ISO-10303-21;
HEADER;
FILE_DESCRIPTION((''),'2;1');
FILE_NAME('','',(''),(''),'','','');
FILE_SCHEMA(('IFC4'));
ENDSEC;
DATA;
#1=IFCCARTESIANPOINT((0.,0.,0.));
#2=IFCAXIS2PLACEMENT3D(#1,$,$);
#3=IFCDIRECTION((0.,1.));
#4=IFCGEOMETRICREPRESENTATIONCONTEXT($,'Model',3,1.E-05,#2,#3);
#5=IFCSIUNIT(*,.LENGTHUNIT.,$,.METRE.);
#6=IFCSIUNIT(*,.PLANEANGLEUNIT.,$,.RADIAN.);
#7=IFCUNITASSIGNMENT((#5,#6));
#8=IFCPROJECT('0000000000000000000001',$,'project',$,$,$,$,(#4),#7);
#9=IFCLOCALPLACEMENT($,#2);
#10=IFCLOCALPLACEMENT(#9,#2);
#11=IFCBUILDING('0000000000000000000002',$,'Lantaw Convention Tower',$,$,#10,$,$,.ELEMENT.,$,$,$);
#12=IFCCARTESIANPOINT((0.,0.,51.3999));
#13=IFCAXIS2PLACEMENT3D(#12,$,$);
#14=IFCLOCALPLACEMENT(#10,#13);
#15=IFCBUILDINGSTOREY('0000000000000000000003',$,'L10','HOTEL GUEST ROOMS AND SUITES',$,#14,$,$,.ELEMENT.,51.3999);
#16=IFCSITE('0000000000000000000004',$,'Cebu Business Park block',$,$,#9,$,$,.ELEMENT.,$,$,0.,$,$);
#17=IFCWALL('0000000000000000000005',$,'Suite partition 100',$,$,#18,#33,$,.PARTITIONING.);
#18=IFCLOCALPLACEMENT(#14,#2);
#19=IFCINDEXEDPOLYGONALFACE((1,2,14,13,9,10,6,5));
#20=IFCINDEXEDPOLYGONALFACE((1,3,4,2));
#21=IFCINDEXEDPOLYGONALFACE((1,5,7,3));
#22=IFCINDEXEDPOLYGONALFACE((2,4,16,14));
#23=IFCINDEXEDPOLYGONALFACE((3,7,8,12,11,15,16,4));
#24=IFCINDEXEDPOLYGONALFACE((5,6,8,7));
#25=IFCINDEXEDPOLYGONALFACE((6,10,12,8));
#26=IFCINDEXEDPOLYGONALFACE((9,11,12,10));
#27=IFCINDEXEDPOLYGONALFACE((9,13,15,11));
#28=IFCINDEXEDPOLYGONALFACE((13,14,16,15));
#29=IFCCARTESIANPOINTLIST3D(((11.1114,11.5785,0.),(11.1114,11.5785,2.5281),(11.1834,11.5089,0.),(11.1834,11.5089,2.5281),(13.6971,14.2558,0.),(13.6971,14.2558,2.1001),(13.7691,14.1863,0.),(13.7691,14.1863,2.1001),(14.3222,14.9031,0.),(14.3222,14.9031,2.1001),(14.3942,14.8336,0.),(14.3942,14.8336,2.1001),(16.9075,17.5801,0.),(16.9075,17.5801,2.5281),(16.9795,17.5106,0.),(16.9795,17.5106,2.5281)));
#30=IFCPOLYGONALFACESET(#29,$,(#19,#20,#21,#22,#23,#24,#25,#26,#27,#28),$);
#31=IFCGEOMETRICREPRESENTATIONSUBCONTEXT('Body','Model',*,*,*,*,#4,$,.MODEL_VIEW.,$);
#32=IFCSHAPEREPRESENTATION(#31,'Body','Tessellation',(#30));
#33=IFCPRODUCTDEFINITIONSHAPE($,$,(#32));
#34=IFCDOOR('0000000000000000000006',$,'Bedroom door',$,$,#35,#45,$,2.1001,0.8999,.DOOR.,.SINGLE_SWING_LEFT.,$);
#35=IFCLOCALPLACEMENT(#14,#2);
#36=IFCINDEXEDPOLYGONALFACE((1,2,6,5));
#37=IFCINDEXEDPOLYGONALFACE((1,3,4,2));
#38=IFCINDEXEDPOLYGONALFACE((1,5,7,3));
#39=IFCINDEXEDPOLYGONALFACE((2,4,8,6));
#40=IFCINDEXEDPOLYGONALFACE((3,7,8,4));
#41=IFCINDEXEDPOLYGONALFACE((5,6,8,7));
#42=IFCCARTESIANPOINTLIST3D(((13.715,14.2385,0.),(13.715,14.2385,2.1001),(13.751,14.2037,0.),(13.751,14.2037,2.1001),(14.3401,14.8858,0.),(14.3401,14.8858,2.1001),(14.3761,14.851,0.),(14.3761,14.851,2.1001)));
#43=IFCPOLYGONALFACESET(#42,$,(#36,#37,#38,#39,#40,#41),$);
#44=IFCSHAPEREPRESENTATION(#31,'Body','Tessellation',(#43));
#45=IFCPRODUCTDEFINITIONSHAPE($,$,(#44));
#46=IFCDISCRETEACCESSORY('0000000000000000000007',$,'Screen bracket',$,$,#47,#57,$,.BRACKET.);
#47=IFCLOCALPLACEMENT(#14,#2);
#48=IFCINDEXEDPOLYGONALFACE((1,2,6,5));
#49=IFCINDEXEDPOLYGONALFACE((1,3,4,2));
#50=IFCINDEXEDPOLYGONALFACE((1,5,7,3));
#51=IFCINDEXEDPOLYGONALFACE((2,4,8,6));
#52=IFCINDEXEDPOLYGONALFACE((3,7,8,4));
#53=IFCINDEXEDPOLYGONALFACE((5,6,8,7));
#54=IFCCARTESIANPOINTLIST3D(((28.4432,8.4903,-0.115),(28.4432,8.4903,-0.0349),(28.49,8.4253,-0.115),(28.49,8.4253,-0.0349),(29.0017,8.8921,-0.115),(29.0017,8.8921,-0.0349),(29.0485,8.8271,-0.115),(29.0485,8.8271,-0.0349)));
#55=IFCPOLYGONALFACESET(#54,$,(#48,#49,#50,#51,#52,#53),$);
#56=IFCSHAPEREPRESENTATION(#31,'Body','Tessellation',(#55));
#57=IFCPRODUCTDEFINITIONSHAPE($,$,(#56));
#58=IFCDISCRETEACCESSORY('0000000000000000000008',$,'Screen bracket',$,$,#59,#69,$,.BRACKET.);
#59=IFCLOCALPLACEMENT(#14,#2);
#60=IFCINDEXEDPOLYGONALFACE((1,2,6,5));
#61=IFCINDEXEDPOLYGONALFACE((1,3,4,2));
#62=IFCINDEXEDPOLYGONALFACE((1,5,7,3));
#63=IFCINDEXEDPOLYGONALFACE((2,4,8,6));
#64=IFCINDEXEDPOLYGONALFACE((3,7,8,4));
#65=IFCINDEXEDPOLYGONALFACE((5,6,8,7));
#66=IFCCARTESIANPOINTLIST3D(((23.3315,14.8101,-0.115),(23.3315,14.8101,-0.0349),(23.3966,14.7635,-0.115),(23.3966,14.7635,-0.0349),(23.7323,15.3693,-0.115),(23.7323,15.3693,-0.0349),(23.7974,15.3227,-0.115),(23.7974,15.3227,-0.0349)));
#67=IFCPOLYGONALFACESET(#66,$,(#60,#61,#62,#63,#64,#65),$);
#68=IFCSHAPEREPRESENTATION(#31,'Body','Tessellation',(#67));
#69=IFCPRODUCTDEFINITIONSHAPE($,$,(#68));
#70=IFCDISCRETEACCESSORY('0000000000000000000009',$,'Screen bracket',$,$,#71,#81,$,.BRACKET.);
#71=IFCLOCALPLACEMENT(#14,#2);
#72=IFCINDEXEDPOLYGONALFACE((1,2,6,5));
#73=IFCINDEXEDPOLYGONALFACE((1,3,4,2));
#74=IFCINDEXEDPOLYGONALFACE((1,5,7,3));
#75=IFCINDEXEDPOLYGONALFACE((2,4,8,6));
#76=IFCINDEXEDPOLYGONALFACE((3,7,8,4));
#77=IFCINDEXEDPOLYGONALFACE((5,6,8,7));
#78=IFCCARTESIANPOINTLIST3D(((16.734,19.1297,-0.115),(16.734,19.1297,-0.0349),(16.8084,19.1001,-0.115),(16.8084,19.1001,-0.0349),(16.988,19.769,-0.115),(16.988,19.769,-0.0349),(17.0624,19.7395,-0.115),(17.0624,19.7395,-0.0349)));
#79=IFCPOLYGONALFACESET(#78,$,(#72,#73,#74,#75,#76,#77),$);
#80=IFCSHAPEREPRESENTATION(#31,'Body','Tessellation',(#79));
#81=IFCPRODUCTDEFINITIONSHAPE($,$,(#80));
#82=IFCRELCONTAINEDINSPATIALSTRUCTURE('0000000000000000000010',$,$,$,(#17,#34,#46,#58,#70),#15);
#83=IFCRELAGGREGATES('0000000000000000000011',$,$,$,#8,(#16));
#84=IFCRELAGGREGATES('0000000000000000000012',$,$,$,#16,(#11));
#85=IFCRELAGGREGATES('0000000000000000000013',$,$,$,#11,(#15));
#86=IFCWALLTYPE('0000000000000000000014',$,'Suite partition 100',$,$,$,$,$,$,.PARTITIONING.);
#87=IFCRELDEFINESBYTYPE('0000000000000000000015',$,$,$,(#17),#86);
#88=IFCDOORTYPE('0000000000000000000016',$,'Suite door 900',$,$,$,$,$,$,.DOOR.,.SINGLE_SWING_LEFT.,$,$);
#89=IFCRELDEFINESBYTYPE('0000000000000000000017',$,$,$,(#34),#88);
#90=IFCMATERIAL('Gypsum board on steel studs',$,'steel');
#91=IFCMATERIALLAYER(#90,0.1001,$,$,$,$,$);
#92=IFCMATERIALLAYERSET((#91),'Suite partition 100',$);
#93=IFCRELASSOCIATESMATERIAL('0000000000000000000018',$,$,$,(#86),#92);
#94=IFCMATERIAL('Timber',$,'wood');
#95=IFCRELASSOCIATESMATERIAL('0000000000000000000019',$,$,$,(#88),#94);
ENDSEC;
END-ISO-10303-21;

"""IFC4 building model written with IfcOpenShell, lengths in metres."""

from ifc_helpers import new_model, si_unit, direction, frame, frame_2d, origin, origin_2d, place, context, subcontext, project, spatial, rectangle, extrude, material, layer, layer_set, type_object, element, fill, save


model = new_model("IFC4")

# Units and contexts
model_context = context("Model", 3, precision=1e-05, world=origin(), true_north=direction((0.0, 1.0)))
body_context = subcontext(model_context, "Body", "Model", "MODEL_VIEW")
ifc_project = project(units=[si_unit("LENGTHUNIT", "METRE"), si_unit("PLANEANGLEUNIT", "RADIAN")], contexts=[model_context])

# Site, building, storey
site_placement = place(None, origin())
site = spatial("IfcSite", under=ifc_project, at=site_placement, Name="Cebu Business Park block", CompositionType="ELEMENT", RefElevation=0.0)
building_placement = place(site_placement, origin())
building = spatial("IfcBuilding", under=site, at=building_placement, Name="Lantaw Convention Tower", CompositionType="ELEMENT")
storey_placement = place(building_placement, frame((0.0, 0.0, 51.3999)))
storey = spatial("IfcBuildingStorey", under=building, at=storey_placement, Name="L10", Description="HOTEL GUEST ROOMS AND SUITES", CompositionType="ELEMENT", Elevation=51.3999)

# Shared definitions
ifc_material_1 = material(Name="Timber", Category="wood")

# Wall, opening, door
ifc_material_2 = material(Name="Gypsum board on steel studs", Category="steel")
ifc_layer_1 = layer(ifc_material_2, 0.1001)
ifc_layer_set_1 = layer_set([ifc_layer_1], Name="Suite partition 100")
wall_type_1 = type_object("IfcWallType", Name="Suite partition 100", PredefinedType="PARTITIONING", material=ifc_layer_set_1)
wall_1_placement = place(storey_placement, frame((16.9436, 17.5454, 0.0), z_axis=(0.0, 0.0, 1.0), x_axis=(-0.694681, -0.719318, 0.0)))
wall_1 = element("IfcWall", 1, at=wall_1_placement, inside=storey, type_object=wall_type_1, Name="Suite partition 100", PredefinedType="PARTITIONING", context=body_context, shape_type="SweptSolid", body=[
    extrude(rectangle(XDim=8.3435, YDim=0.1001, at=frame_2d((4.1719, 0.0))), origin(), (0.0, 0.0, 1.0), 2.5281),
])
opening_1_placement = place(wall_1_placement, frame((3.7217, 0.0, 0.0)))
opening_1 = element("IfcOpeningElement", 2, at=opening_1_placement, cuts=wall_1, PredefinedType="OPENING", context=body_context, shape_type="SweptSolid", body=[
    extrude(rectangle(XDim=0.8999, YDim=2.1001, at=frame_2d((0.45, 1.05))), frame((0.0, 0.0601, 0.0), z_axis=(0.0, -1.0, 0.0), x_axis=(1.0, 0.0, 0.0)), (0.0, 0.0, 1.0), 0.1201),
])
door_type_1 = type_object("IfcDoorType", Name="Suite door 900", OperationType="SINGLE_SWING_LEFT", PredefinedType="DOOR", material=ifc_material_1)
door_1_placement = place(opening_1_placement, origin())
door_1 = element("IfcDoor", 3, at=door_1_placement, inside=storey, type_object=door_type_1, Name="Bedroom door", OperationType="SINGLE_SWING_LEFT", OverallHeight=2.1001, OverallWidth=0.8999, PredefinedType="DOOR", context=body_context, shape_type="SweptSolid", body=[
    extrude(rectangle(XDim=0.8999, YDim=2.1001, at=frame_2d((0.45, 1.05))), frame((0.0, 0.0249, 0.0), z_axis=(0.0, -1.0, 0.0), x_axis=(1.0, 0.0, 0.0)), (0.0, 0.0, 1.0), 0.05),
])
fill(opening_1, door_1)

# Discrete accessories
for number, where, z_axis, x_axis, name in (
    (4, (28.7458, 8.6587, -0.115), (0.0, 0.0, 1.0), (-0.583951, 0.811789, 0.0), "Screen bracket"),
    (5, (23.5645, 15.0664, -0.115), (0.0, 0.0, 1.0), (-0.812804, 0.582538, 0.0), "Screen bracket"),
    (6, (16.8982, 19.4346, -0.115), (0.0, 0.0, 1.0), (-0.929361, 0.369172, 0.0), "Screen bracket"),
):
    element("IfcDiscreteAccessory", number, at=place(storey_placement, frame(where, z_axis=z_axis, x_axis=x_axis)), inside=storey, Name=name, PredefinedType="BRACKET", context=body_context, shape_type="SweptSolid", body=[
        extrude(rectangle(XDim=0.0801, YDim=0.688, at=origin_2d()), origin(), (0.0, 0.0, 1.0), 0.0801),
    ])

save(model, "model.ifc")
